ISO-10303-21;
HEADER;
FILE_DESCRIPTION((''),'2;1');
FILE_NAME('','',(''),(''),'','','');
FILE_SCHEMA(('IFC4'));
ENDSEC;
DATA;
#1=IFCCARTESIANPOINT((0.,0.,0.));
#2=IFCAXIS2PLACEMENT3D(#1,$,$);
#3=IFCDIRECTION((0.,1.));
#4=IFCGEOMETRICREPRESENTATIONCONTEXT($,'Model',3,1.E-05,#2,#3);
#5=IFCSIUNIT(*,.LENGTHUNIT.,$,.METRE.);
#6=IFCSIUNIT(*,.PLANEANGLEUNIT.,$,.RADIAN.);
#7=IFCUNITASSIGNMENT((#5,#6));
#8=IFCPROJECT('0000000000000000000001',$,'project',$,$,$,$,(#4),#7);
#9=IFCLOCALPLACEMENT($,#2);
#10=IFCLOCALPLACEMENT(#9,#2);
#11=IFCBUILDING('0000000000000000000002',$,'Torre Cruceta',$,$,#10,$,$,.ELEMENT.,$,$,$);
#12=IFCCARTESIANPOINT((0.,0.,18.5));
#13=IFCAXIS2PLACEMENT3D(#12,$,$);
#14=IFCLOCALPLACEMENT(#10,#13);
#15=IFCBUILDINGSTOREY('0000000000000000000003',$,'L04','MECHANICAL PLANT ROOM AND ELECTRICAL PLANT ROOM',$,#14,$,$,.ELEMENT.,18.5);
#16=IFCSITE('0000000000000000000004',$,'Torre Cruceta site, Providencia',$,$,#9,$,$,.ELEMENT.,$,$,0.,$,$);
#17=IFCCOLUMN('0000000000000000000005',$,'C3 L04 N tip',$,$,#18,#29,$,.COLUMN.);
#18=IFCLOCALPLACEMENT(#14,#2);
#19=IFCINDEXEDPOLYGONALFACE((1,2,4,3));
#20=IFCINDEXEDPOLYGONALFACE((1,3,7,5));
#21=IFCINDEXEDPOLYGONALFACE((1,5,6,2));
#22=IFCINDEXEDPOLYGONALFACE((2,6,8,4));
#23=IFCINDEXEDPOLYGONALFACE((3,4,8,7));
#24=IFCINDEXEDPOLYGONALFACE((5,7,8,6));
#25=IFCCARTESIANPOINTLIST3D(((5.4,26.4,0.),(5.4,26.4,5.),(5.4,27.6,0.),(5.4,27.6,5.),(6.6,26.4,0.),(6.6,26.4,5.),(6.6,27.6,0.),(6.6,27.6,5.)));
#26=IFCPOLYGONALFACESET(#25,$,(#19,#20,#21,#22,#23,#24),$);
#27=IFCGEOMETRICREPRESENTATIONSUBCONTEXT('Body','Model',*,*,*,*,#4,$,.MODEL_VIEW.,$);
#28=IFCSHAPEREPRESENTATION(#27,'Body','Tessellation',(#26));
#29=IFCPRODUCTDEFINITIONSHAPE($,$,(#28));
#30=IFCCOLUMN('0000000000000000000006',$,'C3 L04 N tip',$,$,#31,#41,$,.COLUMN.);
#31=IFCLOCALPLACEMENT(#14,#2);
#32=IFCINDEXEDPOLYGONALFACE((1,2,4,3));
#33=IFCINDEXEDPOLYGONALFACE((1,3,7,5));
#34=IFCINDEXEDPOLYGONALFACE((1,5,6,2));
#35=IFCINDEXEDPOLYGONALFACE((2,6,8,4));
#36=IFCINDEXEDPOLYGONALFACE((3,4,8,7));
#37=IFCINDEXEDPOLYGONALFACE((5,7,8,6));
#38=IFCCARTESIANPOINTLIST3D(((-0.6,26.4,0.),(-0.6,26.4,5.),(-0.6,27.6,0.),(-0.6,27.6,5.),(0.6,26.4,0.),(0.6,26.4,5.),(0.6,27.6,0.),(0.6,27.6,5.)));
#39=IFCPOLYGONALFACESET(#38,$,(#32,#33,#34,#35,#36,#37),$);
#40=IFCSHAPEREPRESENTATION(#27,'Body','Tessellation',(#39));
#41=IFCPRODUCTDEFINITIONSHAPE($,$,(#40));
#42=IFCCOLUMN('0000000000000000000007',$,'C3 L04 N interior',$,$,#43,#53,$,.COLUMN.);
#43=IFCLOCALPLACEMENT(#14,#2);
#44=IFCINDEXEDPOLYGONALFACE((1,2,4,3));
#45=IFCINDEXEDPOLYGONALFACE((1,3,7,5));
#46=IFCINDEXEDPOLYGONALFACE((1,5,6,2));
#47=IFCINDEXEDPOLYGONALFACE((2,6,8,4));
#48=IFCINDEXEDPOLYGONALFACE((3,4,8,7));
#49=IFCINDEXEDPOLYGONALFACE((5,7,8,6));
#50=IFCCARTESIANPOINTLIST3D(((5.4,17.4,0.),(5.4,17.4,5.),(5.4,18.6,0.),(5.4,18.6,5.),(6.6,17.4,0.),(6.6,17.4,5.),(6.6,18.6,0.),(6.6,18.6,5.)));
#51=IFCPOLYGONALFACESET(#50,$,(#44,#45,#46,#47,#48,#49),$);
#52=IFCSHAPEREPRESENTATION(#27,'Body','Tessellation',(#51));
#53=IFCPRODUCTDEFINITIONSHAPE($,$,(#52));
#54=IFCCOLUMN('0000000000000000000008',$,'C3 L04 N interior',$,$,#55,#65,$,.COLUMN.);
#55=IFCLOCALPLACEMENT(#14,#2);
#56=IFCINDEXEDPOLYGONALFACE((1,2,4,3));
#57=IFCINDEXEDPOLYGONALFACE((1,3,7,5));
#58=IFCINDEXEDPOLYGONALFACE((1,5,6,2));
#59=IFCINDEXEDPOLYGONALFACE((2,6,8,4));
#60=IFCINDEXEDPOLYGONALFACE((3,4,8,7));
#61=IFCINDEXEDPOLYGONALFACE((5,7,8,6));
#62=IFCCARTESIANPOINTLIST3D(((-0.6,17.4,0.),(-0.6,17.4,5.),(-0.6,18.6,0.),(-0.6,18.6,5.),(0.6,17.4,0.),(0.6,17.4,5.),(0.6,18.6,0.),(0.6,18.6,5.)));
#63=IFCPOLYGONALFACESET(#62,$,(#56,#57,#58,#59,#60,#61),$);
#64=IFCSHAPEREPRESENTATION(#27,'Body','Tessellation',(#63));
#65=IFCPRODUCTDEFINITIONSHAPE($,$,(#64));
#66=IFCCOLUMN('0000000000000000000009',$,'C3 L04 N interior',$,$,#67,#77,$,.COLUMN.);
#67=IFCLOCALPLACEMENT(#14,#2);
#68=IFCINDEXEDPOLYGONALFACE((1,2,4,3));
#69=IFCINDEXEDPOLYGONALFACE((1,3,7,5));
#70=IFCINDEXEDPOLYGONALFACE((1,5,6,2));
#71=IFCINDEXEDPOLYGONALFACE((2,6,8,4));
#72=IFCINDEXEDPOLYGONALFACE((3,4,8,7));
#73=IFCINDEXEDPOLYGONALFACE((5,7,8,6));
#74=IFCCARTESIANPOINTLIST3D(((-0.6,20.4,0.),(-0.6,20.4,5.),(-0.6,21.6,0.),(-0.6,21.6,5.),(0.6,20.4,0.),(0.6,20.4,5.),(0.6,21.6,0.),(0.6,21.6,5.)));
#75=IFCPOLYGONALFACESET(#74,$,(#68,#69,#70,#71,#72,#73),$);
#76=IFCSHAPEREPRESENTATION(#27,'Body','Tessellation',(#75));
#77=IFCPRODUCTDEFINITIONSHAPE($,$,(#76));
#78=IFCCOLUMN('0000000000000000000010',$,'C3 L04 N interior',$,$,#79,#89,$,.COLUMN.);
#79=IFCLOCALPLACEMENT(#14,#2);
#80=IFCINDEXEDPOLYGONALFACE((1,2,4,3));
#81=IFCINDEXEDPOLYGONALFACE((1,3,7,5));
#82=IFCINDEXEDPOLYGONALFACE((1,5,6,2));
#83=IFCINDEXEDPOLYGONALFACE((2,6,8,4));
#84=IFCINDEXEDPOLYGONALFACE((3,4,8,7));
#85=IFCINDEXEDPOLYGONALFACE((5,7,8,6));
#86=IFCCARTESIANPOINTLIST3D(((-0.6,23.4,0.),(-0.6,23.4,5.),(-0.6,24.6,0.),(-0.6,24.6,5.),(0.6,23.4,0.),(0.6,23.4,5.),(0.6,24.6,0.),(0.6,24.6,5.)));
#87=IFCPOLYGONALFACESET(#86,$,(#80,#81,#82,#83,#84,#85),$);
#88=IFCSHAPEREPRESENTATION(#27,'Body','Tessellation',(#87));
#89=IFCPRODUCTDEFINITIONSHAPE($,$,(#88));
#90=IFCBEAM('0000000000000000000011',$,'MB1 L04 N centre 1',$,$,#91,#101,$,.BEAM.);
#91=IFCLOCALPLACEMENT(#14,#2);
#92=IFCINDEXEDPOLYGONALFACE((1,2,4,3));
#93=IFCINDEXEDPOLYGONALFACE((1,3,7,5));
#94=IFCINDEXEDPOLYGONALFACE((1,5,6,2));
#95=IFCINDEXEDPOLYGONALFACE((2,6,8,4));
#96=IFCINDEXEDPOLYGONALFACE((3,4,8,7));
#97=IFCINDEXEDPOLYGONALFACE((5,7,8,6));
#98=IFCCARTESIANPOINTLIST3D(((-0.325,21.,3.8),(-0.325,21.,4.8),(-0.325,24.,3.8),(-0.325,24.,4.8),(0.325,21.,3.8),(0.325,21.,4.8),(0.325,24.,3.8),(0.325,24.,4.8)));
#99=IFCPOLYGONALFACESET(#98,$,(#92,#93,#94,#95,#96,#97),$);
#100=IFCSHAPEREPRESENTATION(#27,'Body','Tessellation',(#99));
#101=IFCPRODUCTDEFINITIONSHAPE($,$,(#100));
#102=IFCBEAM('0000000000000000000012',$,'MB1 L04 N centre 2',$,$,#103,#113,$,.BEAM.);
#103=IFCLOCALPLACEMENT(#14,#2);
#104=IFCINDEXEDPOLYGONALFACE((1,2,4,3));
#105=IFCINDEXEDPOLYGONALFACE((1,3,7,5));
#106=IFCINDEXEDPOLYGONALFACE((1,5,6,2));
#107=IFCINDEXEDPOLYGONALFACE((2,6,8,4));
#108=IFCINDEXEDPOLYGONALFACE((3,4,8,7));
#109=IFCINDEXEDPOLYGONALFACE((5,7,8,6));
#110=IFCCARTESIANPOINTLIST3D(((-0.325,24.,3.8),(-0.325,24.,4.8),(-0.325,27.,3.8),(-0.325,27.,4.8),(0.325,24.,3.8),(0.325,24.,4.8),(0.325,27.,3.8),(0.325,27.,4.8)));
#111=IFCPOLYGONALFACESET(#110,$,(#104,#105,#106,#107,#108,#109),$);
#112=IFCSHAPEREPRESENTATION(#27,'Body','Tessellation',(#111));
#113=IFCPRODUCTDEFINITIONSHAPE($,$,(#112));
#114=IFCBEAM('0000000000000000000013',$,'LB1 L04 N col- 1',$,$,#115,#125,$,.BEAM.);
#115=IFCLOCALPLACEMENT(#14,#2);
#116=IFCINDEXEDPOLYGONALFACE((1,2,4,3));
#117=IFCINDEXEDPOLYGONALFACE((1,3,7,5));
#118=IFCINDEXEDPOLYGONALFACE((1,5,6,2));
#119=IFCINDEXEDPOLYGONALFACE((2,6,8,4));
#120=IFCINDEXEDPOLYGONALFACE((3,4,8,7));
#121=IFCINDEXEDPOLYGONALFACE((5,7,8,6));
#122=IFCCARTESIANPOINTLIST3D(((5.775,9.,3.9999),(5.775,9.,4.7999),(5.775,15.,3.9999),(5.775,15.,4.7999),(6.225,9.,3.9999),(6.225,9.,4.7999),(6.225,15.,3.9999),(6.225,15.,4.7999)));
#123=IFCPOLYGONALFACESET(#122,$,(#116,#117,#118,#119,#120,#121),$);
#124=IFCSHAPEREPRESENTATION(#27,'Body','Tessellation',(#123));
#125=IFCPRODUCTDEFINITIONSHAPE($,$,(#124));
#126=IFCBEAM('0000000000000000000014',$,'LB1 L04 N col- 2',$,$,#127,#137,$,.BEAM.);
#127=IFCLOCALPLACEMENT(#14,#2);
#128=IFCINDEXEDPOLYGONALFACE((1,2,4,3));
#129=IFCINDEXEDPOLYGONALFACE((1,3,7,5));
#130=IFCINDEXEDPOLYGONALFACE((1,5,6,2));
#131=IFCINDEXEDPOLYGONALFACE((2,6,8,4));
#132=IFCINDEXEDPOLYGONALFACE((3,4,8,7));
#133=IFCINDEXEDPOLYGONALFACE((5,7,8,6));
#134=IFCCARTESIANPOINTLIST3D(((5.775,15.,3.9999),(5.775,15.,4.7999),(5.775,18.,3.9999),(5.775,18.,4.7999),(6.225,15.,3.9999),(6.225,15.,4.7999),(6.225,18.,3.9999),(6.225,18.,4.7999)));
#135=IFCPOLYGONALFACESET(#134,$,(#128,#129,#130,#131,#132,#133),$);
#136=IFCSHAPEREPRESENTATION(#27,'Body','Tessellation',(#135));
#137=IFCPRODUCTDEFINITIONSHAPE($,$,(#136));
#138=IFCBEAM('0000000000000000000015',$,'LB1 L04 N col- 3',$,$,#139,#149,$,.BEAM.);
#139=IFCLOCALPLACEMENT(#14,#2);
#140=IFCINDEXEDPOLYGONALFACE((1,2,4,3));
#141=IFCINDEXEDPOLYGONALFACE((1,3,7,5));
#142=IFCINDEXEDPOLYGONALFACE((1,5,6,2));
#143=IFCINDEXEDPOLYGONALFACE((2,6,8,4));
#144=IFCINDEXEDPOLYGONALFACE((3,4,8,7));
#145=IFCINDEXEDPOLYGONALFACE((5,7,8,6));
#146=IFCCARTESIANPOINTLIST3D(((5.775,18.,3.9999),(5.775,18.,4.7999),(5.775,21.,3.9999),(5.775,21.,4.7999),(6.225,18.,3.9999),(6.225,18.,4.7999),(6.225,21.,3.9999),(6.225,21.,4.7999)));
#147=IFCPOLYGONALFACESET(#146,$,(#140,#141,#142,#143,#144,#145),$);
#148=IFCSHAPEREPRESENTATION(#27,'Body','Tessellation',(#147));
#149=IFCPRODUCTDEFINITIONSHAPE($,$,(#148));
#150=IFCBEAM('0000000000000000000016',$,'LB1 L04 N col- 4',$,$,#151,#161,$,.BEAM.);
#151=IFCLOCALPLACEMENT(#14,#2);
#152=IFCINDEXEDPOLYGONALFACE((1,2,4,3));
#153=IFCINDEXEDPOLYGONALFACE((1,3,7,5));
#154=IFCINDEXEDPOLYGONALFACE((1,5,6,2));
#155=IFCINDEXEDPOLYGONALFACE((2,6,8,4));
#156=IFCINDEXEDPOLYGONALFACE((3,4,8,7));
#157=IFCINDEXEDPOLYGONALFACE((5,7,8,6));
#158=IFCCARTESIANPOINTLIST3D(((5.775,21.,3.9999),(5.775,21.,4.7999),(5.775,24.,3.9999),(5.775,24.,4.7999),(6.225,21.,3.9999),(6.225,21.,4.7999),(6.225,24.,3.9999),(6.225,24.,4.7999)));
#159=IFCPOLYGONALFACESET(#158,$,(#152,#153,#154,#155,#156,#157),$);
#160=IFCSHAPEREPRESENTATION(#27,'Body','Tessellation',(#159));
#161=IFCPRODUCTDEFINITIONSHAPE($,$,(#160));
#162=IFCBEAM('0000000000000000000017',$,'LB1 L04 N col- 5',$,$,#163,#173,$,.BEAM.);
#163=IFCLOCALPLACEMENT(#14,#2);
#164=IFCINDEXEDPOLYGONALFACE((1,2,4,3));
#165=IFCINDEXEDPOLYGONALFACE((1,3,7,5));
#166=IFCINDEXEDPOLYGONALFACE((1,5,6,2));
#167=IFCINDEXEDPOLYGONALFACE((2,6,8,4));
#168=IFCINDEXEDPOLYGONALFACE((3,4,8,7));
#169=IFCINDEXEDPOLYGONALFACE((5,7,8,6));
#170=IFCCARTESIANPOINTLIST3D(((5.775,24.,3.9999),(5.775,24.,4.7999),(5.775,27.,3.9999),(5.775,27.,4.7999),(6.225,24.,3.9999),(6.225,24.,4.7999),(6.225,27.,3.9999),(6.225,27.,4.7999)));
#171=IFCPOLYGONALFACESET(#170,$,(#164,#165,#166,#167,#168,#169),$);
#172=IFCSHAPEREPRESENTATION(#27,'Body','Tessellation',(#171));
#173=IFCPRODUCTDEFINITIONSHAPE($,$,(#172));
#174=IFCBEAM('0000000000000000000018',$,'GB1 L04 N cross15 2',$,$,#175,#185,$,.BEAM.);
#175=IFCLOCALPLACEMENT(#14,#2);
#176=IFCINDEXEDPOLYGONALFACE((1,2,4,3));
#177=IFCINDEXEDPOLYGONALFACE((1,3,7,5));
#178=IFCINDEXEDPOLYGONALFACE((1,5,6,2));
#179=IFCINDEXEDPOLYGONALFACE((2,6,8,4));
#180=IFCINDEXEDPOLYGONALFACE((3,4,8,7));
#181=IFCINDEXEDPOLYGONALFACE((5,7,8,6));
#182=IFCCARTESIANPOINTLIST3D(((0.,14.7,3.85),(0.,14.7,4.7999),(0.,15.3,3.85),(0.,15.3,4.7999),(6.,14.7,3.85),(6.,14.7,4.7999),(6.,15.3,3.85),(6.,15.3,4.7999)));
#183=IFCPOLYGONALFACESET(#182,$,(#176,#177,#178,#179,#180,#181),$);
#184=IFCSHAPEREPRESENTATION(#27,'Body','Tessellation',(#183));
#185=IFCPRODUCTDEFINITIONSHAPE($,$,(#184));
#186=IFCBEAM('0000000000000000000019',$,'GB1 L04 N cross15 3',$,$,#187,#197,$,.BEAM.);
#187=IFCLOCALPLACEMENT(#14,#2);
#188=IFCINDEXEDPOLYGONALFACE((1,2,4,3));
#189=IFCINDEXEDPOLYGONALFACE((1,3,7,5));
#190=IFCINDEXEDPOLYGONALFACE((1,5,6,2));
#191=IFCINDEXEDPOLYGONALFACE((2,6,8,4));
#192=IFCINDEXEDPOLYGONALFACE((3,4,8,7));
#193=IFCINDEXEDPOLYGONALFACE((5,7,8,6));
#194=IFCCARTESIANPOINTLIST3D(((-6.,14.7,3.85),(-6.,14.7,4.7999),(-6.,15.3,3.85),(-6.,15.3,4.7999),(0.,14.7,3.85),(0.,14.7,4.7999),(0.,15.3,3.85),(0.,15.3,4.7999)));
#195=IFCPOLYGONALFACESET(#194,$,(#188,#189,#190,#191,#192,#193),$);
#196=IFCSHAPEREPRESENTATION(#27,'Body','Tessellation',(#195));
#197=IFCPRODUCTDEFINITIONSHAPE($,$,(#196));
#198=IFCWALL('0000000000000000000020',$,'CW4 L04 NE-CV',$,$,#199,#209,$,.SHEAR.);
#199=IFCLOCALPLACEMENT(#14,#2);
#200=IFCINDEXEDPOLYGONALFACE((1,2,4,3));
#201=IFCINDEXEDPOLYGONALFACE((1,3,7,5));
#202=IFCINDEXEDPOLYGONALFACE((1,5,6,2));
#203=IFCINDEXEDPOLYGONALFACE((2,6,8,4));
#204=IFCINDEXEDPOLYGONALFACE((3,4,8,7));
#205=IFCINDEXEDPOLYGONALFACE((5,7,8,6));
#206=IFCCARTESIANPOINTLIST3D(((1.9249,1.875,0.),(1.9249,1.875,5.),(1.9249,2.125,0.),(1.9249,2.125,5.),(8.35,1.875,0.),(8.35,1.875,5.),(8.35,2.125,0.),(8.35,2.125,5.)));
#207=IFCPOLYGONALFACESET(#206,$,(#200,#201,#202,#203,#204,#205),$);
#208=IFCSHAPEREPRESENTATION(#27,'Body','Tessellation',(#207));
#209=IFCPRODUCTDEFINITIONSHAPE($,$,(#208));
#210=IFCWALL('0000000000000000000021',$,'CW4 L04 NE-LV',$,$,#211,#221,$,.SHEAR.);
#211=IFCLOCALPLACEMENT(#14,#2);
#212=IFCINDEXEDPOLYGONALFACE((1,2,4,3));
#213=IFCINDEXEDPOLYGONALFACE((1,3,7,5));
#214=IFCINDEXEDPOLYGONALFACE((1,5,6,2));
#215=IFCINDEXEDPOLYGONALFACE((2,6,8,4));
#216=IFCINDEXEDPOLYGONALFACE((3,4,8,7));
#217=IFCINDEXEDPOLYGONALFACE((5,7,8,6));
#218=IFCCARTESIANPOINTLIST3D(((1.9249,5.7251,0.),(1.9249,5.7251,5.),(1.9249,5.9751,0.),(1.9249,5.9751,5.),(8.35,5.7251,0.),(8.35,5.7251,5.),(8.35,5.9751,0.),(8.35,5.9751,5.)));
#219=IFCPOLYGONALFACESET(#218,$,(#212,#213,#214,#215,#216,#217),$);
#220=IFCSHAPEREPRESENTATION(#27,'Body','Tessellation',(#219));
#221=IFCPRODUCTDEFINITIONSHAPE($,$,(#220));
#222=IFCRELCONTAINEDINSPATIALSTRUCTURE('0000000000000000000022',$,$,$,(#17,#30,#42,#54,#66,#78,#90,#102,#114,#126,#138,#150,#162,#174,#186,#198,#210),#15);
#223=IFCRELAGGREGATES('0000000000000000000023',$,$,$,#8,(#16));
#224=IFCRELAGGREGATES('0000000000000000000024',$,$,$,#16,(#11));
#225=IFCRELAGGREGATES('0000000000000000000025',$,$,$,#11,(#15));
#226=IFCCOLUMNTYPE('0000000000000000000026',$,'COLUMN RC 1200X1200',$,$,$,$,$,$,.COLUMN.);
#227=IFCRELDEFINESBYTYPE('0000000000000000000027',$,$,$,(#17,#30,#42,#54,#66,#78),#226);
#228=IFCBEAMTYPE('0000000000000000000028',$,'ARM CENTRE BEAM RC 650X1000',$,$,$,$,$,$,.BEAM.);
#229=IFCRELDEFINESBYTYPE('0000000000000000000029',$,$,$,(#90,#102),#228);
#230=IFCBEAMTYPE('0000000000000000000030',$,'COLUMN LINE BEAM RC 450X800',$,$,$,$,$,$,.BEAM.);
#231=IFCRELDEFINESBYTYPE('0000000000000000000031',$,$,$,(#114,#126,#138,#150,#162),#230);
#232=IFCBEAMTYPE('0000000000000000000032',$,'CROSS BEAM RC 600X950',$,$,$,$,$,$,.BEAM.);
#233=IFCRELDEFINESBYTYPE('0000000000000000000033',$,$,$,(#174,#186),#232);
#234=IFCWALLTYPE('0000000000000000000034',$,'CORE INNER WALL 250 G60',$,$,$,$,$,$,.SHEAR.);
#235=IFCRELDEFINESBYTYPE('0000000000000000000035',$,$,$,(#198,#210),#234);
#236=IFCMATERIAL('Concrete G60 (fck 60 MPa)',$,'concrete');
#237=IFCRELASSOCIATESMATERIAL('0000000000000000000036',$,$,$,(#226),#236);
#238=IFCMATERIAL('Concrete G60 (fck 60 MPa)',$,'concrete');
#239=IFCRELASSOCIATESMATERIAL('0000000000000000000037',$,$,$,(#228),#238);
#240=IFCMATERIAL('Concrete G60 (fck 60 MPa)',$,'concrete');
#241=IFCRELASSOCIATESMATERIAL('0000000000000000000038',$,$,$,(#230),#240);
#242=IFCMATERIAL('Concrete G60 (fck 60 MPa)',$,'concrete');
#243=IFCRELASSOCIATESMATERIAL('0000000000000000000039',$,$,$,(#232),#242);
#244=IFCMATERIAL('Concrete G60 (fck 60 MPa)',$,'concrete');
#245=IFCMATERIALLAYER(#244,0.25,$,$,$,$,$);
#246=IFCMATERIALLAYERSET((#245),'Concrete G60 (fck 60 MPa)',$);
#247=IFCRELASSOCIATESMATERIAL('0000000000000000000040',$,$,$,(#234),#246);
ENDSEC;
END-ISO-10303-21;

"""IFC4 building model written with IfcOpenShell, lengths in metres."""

from ifc_helpers import new_model, si_unit, direction, frame, frame_2d, origin, origin_2d, place, context, subcontext, project, spatial, rectangle, extrude, material, layer, layer_set, material_profile, profile_set, type_object, element, save


model = new_model("IFC4")

# Units and contexts
model_context = context("Model", 3, precision=1e-05, world=origin(), true_north=direction((0.0, 1.0)))
body_context = subcontext(model_context, "Body", "Model", "MODEL_VIEW")
ifc_project = project(units=[si_unit("LENGTHUNIT", "METRE"), si_unit("PLANEANGLEUNIT", "RADIAN")], contexts=[model_context])

# Site, building, storey
site_placement = place(None, origin())
site = spatial("IfcSite", under=ifc_project, at=site_placement, Name="Torre Cruceta site, Providencia", CompositionType="ELEMENT", RefElevation=0.0)
building_placement = place(site_placement, origin())
building = spatial("IfcBuilding", under=site, at=building_placement, Name="Torre Cruceta", CompositionType="ELEMENT")
storey_placement = place(building_placement, frame((0.0, 0.0, 18.5)))
storey = spatial("IfcBuildingStorey", under=building, at=storey_placement, Name="L04", Description="MECHANICAL PLANT ROOM AND ELECTRICAL PLANT ROOM", CompositionType="ELEMENT", Elevation=18.5)

# Columns
ifc_material_1 = material(Name="Concrete G60 (fck 60 MPa)", Category="concrete")
ifc_material_profile_1 = material_profile(ifc_material_1, rectangle(XDim=1.2, YDim=1.2, at=origin_2d()), Name="RC 1200X1200")
ifc_profile_set_1 = profile_set([ifc_material_profile_1], Name="Concrete G60 (fck 60 MPa)")
column_type = type_object("IfcColumnType", Name="COLUMN RC 1200X1200", PredefinedType="COLUMN", material=ifc_profile_set_1)
for number, where, z_axis, x_axis, name in (
    (1, (6.0, 27.0, 0.0), (0.0, 0.0, 1.0), (1.0, 0.0, 0.0), "C3 L04 N tip"),
    (2, (0.0, 27.0, 0.0), (0.0, 0.0, 1.0), (1.0, 0.0, 0.0), "C3 L04 N tip"),
    (3, (6.0, 18.0, 0.0), (0.0, 0.0, 1.0), (1.0, 0.0, 0.0), "C3 L04 N interior"),
    (4, (0.0, 18.0, 0.0), (0.0, 0.0, 1.0), (1.0, 0.0, 0.0), "C3 L04 N interior"),
    (5, (0.0, 21.0, 0.0), (0.0, 0.0, 1.0), (1.0, 0.0, 0.0), "C3 L04 N interior"),
    (6, (0.0, 24.0, 0.0), (0.0, 0.0, 1.0), (1.0, 0.0, 0.0), "C3 L04 N interior"),
):
    element("IfcColumn", number, at=place(storey_placement, frame(where, z_axis=z_axis, x_axis=x_axis)), inside=storey, type_object=column_type, Name=name, PredefinedType="COLUMN", context=body_context, shape_type="SweptSolid", body=[
        extrude(rectangle(XDim=1.2, YDim=1.2, at=origin_2d()), origin(), (0.0, 0.0, 1.0), 5.0),
    ])

# Beams
ifc_material_2 = material(Name="Concrete G60 (fck 60 MPa)", Category="concrete")
ifc_material_profile_2 = material_profile(ifc_material_2, rectangle(XDim=0.6499, YDim=1.0, at=origin_2d()), Name="RC 650X1000")
ifc_profile_set_2 = profile_set([ifc_material_profile_2], Name="Concrete G60 (fck 60 MPa)")
beam_type_1 = type_object("IfcBeamType", Name="ARM CENTRE BEAM RC 650X1000", PredefinedType="BEAM", material=ifc_profile_set_2)
for number, where, z_axis, x_axis, name in (
    (7, (0.0, 21.0, 4.3), (0.0, 1.0, 0.0), (-1.0, 0.0, 0.0), "MB1 L04 N centre 1"),
    (8, (0.0, 24.0, 4.3), (0.0, 1.0, 0.0), (-1.0, 0.0, 0.0), "MB1 L04 N centre 2"),
):
    element("IfcBeam", number, at=place(storey_placement, frame(where, z_axis=z_axis, x_axis=x_axis)), inside=storey, type_object=beam_type_1, Name=name, PredefinedType="BEAM", context=body_context, shape_type="SweptSolid", body=[
        extrude(rectangle(XDim=0.6499, YDim=1.0, at=origin_2d()), origin(), (0.0, 0.0, 1.0), 3.0),
    ])
ifc_material_3 = material(Name="Concrete G60 (fck 60 MPa)", Category="concrete")
ifc_material_profile_3 = material_profile(ifc_material_3, rectangle(XDim=0.45, YDim=0.8, at=origin_2d()), Name="RC 450X800")
ifc_profile_set_3 = profile_set([ifc_material_profile_3], Name="Concrete G60 (fck 60 MPa)")
beam_type_2 = type_object("IfcBeamType", Name="COLUMN LINE BEAM RC 450X800", PredefinedType="BEAM", material=ifc_profile_set_3)
beam_placement = place(storey_placement, frame((6.0, 9.0, 4.3999), z_axis=(0.0, 1.0, 0.0), x_axis=(-1.0, 0.0, 0.0)))
element("IfcBeam", 9, at=beam_placement, inside=storey, type_object=beam_type_2, Name="LB1 L04 N col- 1", PredefinedType="BEAM", context=body_context, shape_type="SweptSolid", body=[
    extrude(rectangle(XDim=0.45, YDim=0.8, at=origin_2d()), origin(), (0.0, 0.0, 1.0), 6.0),
])
for number, where, z_axis, x_axis, name in (
    (10, (6.0, 15.0, 4.3999), (0.0, 1.0, 0.0), (-1.0, 0.0, 0.0), "LB1 L04 N col- 2"),
    (11, (6.0, 18.0, 4.3999), (0.0, 1.0, 0.0), (-1.0, 0.0, 0.0), "LB1 L04 N col- 3"),
    (12, (6.0, 21.0, 4.3999), (0.0, 1.0, 0.0), (-1.0, 0.0, 0.0), "LB1 L04 N col- 4"),
    (13, (6.0, 24.0, 4.3999), (0.0, 1.0, 0.0), (-1.0, 0.0, 0.0), "LB1 L04 N col- 5"),
):
    element("IfcBeam", number, at=place(storey_placement, frame(where, z_axis=z_axis, x_axis=x_axis)), inside=storey, type_object=beam_type_2, Name=name, PredefinedType="BEAM", context=body_context, shape_type="SweptSolid", body=[
        extrude(rectangle(XDim=0.45, YDim=0.8, at=origin_2d()), origin(), (0.0, 0.0, 1.0), 3.0),
    ])
ifc_material_4 = material(Name="Concrete G60 (fck 60 MPa)", Category="concrete")
ifc_material_profile_4 = material_profile(ifc_material_4, rectangle(XDim=0.6001, YDim=0.95, at=origin_2d()), Name="RC 600X950")
ifc_profile_set_4 = profile_set([ifc_material_profile_4], Name="Concrete G60 (fck 60 MPa)")
beam_type_3 = type_object("IfcBeamType", Name="CROSS BEAM RC 600X950", PredefinedType="BEAM", material=ifc_profile_set_4)
for number, where, z_axis, x_axis, name in (
    (14, (6.0, 15.0, 4.325), (-1.0, 0.0, 0.0), (0.0, -1.0, 0.0), "GB1 L04 N cross15 2"),
    (15, (0.0, 15.0, 4.325), (-1.0, 0.0, 0.0), (0.0, -1.0, 0.0), "GB1 L04 N cross15 3"),
):
    element("IfcBeam", number, at=place(storey_placement, frame(where, z_axis=z_axis, x_axis=x_axis)), inside=storey, type_object=beam_type_3, Name=name, PredefinedType="BEAM", context=body_context, shape_type="SweptSolid", body=[
        extrude(rectangle(XDim=0.6001, YDim=0.95, at=origin_2d()), origin(), (0.0, 0.0, 1.0), 6.0),
    ])

# Shared definitions
ifc_material_5 = material(Name="Concrete G60 (fck 60 MPa)", Category="concrete")
ifc_layer_1 = layer(ifc_material_5, 0.25)
ifc_layer_set_1 = layer_set([ifc_layer_1], Name="Concrete G60 (fck 60 MPa)")
wall_type_1 = type_object("IfcWallType", Name="CORE INNER WALL 250 G60", PredefinedType="SHEAR", material=ifc_layer_set_1)

# Walls
for number, where, z_axis, x_axis, name in (
    (16, (1.925, 2.0, 0.0), (0.0, 0.0, 1.0), (1.0, 0.0, 0.0), "CW4 L04 NE-CV"),
    (17, (1.925, 5.8501, 0.0), (0.0, 0.0, 1.0), (1.0, 0.0, 0.0), "CW4 L04 NE-LV"),
):
    element("IfcWall", number, at=place(storey_placement, frame(where, z_axis=z_axis, x_axis=x_axis)), inside=storey, type_object=wall_type_1, Name=name, PredefinedType="SHEAR", context=body_context, shape_type="SweptSolid", body=[
        extrude(rectangle(XDim=6.425, YDim=0.25, at=frame_2d((3.2124, 0.0))), origin(), (0.0, 0.0, 1.0), 5.0),
    ])

save(model, "model.ifc")
